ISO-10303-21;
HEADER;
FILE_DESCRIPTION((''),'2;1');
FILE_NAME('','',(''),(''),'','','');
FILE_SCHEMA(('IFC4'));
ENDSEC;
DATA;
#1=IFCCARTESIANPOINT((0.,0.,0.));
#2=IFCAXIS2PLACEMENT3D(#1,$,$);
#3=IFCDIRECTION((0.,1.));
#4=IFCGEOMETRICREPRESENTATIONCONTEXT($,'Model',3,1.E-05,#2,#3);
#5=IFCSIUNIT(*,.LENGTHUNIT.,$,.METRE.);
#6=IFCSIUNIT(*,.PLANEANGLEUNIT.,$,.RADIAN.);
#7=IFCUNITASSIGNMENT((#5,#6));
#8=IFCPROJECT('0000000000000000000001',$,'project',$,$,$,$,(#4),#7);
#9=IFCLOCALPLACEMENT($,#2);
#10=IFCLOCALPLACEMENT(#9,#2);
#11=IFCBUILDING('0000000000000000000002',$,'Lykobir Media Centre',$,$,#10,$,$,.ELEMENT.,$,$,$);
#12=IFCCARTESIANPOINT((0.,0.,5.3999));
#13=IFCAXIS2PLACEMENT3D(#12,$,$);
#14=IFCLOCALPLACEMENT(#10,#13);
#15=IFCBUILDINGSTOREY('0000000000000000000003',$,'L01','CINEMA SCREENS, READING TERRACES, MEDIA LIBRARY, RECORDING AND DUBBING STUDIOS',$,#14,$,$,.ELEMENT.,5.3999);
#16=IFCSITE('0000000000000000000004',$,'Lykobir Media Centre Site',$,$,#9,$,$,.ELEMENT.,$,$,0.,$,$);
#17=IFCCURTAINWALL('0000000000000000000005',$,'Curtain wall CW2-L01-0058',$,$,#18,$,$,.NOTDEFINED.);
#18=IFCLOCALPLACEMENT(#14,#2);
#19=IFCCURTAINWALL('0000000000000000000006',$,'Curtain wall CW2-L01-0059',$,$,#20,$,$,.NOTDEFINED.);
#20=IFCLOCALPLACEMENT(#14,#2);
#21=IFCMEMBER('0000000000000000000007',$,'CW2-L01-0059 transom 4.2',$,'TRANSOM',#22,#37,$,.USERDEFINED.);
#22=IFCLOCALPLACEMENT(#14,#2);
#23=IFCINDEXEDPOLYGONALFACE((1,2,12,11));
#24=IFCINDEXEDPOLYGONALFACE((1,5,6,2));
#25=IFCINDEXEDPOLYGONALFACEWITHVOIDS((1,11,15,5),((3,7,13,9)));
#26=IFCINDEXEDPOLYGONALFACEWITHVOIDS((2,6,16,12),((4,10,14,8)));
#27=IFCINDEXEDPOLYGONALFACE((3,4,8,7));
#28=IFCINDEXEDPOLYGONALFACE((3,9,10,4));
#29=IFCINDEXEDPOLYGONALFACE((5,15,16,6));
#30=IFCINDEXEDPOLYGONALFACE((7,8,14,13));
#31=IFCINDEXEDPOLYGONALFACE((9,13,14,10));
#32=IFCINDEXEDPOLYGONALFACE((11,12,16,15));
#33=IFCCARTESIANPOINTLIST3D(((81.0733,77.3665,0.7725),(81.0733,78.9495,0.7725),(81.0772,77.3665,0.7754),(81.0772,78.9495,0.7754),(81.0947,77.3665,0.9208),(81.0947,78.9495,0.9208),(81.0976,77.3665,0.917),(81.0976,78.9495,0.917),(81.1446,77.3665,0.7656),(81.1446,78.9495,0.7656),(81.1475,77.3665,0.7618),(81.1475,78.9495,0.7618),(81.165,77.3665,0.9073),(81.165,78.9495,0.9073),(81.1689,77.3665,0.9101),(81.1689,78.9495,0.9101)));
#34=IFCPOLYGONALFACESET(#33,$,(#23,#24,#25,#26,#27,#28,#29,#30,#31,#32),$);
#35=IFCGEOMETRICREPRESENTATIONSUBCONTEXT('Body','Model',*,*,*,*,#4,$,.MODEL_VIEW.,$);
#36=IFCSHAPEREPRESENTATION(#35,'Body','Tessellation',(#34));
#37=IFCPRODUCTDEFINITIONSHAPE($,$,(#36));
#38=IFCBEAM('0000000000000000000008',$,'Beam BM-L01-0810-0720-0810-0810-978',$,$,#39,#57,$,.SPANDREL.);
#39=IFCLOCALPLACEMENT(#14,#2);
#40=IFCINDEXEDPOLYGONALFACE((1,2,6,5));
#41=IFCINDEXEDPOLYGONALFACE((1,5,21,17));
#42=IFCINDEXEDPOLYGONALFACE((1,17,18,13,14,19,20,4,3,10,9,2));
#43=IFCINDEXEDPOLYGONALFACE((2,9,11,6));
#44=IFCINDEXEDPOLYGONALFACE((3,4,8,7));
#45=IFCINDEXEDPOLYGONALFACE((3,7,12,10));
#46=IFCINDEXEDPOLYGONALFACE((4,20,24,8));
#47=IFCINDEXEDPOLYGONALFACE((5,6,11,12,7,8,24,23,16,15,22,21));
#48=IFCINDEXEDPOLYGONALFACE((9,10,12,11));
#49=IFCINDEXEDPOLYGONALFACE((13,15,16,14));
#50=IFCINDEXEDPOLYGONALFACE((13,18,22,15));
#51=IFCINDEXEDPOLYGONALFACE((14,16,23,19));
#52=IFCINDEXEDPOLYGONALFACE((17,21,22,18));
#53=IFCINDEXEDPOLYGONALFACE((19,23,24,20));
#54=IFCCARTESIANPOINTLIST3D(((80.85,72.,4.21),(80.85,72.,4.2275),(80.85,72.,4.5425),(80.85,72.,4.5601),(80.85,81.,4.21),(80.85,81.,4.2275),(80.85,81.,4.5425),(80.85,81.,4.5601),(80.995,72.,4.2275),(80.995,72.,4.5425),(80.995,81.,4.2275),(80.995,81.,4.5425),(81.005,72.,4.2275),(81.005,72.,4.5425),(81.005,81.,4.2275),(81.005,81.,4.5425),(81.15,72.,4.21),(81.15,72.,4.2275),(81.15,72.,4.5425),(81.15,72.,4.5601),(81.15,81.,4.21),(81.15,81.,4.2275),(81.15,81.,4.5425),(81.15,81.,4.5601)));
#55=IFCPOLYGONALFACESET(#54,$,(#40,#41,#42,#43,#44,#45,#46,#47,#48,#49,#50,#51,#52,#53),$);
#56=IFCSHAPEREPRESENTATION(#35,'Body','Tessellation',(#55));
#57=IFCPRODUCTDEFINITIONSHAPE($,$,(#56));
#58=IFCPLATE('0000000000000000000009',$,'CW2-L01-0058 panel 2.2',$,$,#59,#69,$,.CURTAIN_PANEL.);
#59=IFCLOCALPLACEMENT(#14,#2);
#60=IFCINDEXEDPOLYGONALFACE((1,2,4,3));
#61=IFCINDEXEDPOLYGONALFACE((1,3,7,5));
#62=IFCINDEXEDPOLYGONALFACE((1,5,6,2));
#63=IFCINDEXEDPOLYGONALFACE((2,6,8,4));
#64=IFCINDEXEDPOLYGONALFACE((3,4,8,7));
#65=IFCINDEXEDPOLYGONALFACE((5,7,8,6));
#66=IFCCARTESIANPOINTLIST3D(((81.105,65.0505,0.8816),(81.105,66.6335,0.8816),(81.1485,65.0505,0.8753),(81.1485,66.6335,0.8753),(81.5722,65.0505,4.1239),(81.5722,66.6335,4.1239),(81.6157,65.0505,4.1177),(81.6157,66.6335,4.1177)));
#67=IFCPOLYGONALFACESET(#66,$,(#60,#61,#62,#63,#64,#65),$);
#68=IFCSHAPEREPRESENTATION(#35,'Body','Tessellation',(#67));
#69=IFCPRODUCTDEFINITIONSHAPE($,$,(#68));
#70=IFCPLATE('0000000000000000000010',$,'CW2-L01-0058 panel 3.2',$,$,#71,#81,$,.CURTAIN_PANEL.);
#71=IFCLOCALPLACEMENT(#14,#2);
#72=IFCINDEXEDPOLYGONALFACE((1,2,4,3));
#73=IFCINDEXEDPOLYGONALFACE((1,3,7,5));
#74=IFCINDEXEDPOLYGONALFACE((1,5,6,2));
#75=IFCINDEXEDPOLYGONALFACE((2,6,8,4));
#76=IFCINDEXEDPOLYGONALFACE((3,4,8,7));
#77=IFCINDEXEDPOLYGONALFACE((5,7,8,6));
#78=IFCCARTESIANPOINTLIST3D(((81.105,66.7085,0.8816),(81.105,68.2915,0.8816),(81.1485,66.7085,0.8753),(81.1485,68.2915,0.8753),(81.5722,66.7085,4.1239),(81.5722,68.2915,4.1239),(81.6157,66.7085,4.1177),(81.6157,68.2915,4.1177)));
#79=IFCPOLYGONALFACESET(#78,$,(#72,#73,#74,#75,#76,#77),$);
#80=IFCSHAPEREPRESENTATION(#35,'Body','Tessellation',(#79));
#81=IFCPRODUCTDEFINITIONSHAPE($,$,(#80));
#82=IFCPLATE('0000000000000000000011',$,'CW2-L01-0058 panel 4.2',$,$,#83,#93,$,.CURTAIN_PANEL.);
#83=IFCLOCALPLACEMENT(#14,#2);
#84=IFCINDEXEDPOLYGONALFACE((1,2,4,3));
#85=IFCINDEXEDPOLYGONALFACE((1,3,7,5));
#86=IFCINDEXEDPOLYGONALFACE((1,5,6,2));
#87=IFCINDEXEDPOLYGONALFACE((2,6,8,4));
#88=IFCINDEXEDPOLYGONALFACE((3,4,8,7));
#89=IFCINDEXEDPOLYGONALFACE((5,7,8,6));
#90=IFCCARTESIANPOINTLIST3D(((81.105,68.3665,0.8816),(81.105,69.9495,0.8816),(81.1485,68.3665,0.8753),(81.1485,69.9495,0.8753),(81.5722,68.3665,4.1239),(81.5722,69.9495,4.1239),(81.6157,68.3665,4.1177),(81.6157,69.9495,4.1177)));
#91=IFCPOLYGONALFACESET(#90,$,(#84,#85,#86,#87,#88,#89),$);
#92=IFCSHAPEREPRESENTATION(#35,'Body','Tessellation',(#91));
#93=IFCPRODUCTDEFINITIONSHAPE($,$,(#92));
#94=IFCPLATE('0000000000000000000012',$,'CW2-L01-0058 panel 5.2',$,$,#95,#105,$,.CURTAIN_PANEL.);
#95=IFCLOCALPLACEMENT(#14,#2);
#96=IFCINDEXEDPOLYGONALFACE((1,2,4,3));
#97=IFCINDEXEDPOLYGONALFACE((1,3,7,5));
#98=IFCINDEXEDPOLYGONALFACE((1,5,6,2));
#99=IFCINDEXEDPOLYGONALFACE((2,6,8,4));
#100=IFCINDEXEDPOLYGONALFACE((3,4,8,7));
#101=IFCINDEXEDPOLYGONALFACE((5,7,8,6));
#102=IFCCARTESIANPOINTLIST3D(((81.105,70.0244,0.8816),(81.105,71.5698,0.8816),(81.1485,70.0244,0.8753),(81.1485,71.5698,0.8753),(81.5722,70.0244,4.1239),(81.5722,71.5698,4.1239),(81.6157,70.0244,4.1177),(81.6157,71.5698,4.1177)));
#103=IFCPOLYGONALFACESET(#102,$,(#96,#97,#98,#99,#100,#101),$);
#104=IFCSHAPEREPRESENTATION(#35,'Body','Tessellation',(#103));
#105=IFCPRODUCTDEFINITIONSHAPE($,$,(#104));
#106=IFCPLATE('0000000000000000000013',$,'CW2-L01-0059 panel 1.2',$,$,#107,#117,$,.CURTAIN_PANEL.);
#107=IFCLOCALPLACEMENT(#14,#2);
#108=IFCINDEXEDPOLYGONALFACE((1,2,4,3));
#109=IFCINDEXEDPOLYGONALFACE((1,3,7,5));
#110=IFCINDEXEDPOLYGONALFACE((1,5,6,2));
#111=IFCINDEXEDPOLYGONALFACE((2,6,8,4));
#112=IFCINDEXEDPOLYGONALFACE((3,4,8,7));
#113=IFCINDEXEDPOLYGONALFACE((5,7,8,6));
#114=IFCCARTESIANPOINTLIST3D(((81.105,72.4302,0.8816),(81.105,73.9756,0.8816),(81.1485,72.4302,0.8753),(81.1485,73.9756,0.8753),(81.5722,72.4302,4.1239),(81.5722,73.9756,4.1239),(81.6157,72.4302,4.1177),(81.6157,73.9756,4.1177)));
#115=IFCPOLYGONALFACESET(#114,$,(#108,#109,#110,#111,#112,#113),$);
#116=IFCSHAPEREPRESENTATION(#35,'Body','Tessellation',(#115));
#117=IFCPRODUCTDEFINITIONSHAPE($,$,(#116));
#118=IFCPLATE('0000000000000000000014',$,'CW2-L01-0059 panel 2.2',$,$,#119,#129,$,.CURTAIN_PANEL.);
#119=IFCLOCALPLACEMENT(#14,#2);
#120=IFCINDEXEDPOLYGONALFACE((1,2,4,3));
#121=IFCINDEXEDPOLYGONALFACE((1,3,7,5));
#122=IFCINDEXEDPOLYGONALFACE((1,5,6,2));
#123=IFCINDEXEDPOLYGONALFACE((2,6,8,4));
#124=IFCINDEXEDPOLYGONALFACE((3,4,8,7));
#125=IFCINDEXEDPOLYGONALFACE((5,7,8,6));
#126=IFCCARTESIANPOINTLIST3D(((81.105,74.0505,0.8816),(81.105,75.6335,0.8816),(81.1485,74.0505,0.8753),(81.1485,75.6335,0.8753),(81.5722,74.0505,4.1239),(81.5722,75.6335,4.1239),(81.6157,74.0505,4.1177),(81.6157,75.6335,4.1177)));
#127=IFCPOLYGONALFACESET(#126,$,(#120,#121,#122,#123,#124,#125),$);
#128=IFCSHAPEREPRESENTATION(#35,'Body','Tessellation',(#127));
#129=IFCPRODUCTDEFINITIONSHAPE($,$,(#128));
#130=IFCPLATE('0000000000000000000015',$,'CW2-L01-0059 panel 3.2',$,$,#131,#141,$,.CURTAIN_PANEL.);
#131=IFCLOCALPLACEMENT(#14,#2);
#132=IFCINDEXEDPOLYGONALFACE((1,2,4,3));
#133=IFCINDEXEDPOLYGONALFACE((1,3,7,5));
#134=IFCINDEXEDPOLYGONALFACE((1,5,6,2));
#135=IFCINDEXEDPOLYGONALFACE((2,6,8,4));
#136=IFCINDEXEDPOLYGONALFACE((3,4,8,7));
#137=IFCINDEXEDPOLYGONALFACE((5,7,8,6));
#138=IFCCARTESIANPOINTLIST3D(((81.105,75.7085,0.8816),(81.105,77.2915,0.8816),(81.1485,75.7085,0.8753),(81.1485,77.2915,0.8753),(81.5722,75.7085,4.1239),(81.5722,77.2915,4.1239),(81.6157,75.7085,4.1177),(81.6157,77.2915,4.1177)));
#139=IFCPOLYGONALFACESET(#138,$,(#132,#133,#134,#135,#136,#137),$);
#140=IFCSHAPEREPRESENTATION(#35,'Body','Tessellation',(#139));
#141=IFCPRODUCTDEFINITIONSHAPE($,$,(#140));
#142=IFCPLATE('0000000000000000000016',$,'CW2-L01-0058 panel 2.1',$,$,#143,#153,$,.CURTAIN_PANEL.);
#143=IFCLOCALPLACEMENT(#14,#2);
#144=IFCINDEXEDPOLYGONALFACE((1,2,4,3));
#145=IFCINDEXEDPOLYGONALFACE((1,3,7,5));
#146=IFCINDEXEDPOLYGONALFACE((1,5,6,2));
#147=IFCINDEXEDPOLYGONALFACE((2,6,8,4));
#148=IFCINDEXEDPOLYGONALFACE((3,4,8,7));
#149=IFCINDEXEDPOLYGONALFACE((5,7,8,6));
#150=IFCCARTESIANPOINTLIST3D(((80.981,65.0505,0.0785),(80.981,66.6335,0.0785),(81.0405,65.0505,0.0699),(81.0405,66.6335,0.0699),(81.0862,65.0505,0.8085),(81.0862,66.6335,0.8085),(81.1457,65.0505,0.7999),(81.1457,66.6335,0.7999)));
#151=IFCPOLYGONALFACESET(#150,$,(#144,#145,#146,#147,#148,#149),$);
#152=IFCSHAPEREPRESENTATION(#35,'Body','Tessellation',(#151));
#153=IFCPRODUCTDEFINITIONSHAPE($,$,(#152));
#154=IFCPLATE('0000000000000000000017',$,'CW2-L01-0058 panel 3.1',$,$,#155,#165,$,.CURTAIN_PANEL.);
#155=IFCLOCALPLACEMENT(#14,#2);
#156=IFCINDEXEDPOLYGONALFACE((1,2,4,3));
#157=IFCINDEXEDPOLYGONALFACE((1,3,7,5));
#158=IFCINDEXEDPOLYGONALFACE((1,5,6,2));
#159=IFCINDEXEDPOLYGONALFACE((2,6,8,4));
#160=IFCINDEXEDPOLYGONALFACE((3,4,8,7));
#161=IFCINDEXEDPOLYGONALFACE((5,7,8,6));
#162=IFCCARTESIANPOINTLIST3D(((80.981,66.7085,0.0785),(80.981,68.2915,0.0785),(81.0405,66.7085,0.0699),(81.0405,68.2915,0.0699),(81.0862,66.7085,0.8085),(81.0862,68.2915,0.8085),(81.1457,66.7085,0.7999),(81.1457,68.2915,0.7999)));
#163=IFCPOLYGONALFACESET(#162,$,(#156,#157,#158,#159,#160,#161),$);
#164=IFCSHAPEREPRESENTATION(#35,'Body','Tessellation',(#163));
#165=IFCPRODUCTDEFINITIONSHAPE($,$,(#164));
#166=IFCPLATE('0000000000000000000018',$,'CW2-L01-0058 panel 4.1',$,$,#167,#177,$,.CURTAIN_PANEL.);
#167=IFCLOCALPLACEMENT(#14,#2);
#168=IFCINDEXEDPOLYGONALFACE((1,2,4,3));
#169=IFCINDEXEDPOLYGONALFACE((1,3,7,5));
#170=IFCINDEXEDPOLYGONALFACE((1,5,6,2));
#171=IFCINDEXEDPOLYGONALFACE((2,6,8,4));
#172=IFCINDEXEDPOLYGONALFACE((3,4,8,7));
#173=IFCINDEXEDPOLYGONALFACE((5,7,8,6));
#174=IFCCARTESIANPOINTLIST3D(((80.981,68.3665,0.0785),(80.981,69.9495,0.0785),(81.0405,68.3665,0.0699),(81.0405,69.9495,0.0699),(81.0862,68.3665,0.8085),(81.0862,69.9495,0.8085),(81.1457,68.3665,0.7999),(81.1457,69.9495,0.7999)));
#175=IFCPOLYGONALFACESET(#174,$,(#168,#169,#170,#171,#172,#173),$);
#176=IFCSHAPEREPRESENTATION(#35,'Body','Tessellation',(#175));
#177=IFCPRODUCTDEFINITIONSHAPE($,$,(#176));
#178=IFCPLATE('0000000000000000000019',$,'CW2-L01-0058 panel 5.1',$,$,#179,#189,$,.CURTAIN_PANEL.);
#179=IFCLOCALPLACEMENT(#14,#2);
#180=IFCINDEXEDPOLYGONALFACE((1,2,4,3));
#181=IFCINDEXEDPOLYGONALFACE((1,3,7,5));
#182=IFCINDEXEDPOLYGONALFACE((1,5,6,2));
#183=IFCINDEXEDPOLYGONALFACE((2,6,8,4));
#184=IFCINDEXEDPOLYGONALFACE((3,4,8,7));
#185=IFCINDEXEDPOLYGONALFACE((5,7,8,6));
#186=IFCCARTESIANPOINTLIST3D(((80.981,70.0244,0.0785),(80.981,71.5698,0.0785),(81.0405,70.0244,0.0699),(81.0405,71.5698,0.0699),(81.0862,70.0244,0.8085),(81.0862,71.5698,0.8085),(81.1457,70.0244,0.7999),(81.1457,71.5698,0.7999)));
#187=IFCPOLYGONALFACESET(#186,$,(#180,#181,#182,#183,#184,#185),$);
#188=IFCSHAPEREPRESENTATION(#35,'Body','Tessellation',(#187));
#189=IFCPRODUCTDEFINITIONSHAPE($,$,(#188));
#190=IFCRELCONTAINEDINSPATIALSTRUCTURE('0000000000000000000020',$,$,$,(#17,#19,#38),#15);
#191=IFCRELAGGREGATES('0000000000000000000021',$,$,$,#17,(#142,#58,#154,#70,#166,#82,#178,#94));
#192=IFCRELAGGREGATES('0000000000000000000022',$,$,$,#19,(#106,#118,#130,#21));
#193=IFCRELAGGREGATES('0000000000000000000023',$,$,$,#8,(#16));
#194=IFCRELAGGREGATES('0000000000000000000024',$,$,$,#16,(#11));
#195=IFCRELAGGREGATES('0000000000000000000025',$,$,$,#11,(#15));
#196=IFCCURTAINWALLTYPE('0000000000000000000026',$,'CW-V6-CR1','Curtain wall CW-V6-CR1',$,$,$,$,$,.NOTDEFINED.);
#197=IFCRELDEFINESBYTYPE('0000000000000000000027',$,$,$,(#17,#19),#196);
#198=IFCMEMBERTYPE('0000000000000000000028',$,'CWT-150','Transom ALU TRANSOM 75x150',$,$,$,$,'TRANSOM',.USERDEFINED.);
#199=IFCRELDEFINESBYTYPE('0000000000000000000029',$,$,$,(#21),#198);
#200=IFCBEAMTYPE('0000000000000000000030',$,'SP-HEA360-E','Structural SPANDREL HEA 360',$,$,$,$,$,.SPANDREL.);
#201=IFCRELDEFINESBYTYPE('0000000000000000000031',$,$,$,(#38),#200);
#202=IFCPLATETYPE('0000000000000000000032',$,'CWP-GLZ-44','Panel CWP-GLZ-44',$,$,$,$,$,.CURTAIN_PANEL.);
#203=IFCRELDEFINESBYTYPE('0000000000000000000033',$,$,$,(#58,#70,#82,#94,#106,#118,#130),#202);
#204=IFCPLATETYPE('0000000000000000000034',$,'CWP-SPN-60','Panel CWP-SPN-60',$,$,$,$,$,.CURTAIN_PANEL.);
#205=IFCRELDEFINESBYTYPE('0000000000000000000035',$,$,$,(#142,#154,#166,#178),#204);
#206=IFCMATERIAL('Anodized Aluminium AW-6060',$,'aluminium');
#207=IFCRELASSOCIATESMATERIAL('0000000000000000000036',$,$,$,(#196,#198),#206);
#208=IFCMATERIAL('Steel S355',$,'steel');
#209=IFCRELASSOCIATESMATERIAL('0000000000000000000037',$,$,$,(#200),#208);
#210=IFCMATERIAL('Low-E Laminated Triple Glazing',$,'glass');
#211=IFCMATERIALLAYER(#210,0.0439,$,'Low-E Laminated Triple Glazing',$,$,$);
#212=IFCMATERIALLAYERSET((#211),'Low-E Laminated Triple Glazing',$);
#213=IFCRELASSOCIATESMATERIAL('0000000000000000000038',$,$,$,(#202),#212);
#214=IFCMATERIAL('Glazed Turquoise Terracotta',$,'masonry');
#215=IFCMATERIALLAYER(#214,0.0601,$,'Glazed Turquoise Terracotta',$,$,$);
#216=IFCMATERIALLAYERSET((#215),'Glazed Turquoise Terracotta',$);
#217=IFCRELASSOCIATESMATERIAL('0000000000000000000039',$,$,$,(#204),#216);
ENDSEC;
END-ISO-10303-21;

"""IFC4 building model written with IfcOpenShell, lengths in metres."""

from ifc_helpers import new_model, si_unit, direction, frame, origin, origin_2d, place, context, subcontext, project, spatial, rectangle, hollow_rectangle, i_section, extrude, material, layer, layer_set, material_profile, profile_set, type_object, element, aggregate, save


model = new_model("IFC4")

# Units and contexts
model_context = context("Model", 3, precision=1e-05, world=origin(), true_north=direction((0.0, 1.0)))
body_context = subcontext(model_context, "Body", "Model", "MODEL_VIEW")
ifc_project = project(units=[si_unit("LENGTHUNIT", "METRE"), si_unit("PLANEANGLEUNIT", "RADIAN")], contexts=[model_context])

# Site, building, storey
site_placement = place(None, origin())
site = spatial("IfcSite", under=ifc_project, at=site_placement, Name="Lykobir Media Centre Site", CompositionType="ELEMENT", RefElevation=0.0)
building_placement = place(site_placement, origin())
building = spatial("IfcBuilding", under=site, at=building_placement, Name="Lykobir Media Centre", CompositionType="ELEMENT")
storey_placement = place(building_placement, frame((0.0, 0.0, 5.3999)))
storey = spatial("IfcBuildingStorey", under=building, at=storey_placement, Name="L01", Description="CINEMA SCREENS, READING TERRACES, MEDIA LIBRARY, RECORDING AND DUBBING STUDIOS", CompositionType="ELEMENT", Elevation=5.3999)

# Curtain walls
ifc_material_1 = material(Name="Anodized Aluminium AW-6060", Category="aluminium")
curtain_wall_type = type_object("IfcCurtainWallType", Name="CW-V6-CR1", Description="Curtain wall CW-V6-CR1", PredefinedType="NOTDEFINED", material=ifc_material_1)
curtain_wall_1_placement = place(storey_placement, origin())
curtain_wall_1 = element("IfcCurtainWall", 1, at=curtain_wall_1_placement, inside=storey, type_object=curtain_wall_type, Name="Curtain wall CW2-L01-0058", PredefinedType="NOTDEFINED")
curtain_wall_2_placement = place(storey_placement, origin())
curtain_wall_2 = element("IfcCurtainWall", 2, at=curtain_wall_2_placement, inside=storey, type_object=curtain_wall_type, Name="Curtain wall CW2-L01-0059", PredefinedType="NOTDEFINED")

# Member
ifc_material_profile_1 = material_profile(ifc_material_1, hollow_rectangle(XDim=0.075, YDim=0.1499, WallThickness=0.0034, at=origin_2d()), Name="ALU TRANSOM 75x150")
ifc_profile_set_1 = profile_set([ifc_material_profile_1], Name="Anodized Aluminium AW-6060")
member_type_1 = type_object("IfcMemberType", Name="CWT-150", Description="Transom ALU TRANSOM 75x150", ElementType="TRANSOM", PredefinedType="USERDEFINED", material=ifc_profile_set_1)
member_1_placement = place(storey_placement, frame((81.1211, 77.3665, 0.8413), z_axis=(0.0, 1.0, 0.0), x_axis=(-0.989776, 0.0, 0.142629)))
member_1 = element("IfcMember", 3, at=member_1_placement, type_object=member_type_1, Name="CW2-L01-0059 transom 4.2", ObjectType="TRANSOM", PredefinedType="USERDEFINED", context=body_context, shape_type="SweptSolid", body=[
    extrude(hollow_rectangle(XDim=0.075, YDim=0.1499, WallThickness=0.0034, at=origin_2d()), origin(), (0.0, 0.0, 1.0), 1.583),
])

# Beam
ifc_material_2 = material(Name="Steel S355", Category="steel")
ifc_material_profile_2 = material_profile(ifc_material_2, i_section(OverallWidth=0.3, OverallDepth=0.3501, WebThickness=0.01, FlangeThickness=0.0176, at=origin_2d()), Name="HEA 360")
ifc_profile_set_2 = profile_set([ifc_material_profile_2], Name="Steel S355")
beam_type = type_object("IfcBeamType", Name="SP-HEA360-E", Description="Structural SPANDREL HEA 360", PredefinedType="SPANDREL", material=ifc_profile_set_2)
beam_placement = place(storey_placement, frame((81.0, 72.0, 4.385), z_axis=(0.0, 1.0, 0.0), x_axis=(-1.0, 0.0, 0.0)))
element("IfcBeam", 4, at=beam_placement, inside=storey, type_object=beam_type, Name="Beam BM-L01-0810-0720-0810-0810-978", PredefinedType="SPANDREL", context=body_context, shape_type="SweptSolid", body=[
    extrude(i_section(OverallWidth=0.3, OverallDepth=0.3501, WebThickness=0.01, FlangeThickness=0.0176, at=origin_2d()), origin(), (0.0, 0.0, 1.0), 9.0),
])

# Plates
ifc_material_3 = material(Name="Low-E Laminated Triple Glazing", Category="glass")
ifc_layer_1 = layer(ifc_material_3, 0.0439, Name="Low-E Laminated Triple Glazing")
ifc_layer_set_1 = layer_set([ifc_layer_1], Name="Low-E Laminated Triple Glazing")
plate_type_1 = type_object("IfcPlateType", Name="CWP-GLZ-44", Description="Panel CWP-GLZ-44", PredefinedType="CURTAIN_PANEL", material=ifc_layer_set_1)
plate_1_placement = place(storey_placement, frame((81.1267, 65.842, 0.8784), z_axis=(0.142629, 0.0, 0.989776), x_axis=(0.0, 1.0, 0.0)))
plate_1 = element("IfcPlate", 5, at=plate_1_placement, type_object=plate_type_1, Name="CW2-L01-0058 panel 2.2", PredefinedType="CURTAIN_PANEL", context=body_context, shape_type="SweptSolid", body=[
    extrude(rectangle(XDim=1.583, YDim=0.0439, at=origin_2d()), origin(), (0.0, 0.0, 1.0), 3.2759),
])
plate_2_placement = place(storey_placement, frame((81.1267, 67.5, 0.8784), z_axis=(0.142629, 0.0, 0.989776), x_axis=(0.0, 1.0, 0.0)))
plate_2 = element("IfcPlate", 6, at=plate_2_placement, type_object=plate_type_1, Name="CW2-L01-0058 panel 3.2", PredefinedType="CURTAIN_PANEL", context=body_context, shape_type="SweptSolid", body=[
    extrude(rectangle(XDim=1.583, YDim=0.0439, at=origin_2d()), origin(), (0.0, 0.0, 1.0), 3.2759),
])
plate_3_placement = place(storey_placement, frame((81.1267, 69.158, 0.8784), z_axis=(0.142629, 0.0, 0.989776), x_axis=(0.0, 1.0, 0.0)))
plate_3 = element("IfcPlate", 7, at=plate_3_placement, type_object=plate_type_1, Name="CW2-L01-0058 panel 4.2", PredefinedType="CURTAIN_PANEL", context=body_context, shape_type="SweptSolid", body=[
    extrude(rectangle(XDim=1.583, YDim=0.0439, at=origin_2d()), origin(), (0.0, 0.0, 1.0), 3.2759),
])
plate_4_placement = place(storey_placement, frame((81.1267, 70.7971, 0.8784), z_axis=(0.142629, 0.0, 0.989776), x_axis=(0.0, 1.0, 0.0)))
plate_4 = element("IfcPlate", 8, at=plate_4_placement, type_object=plate_type_1, Name="CW2-L01-0058 panel 5.2", PredefinedType="CURTAIN_PANEL", context=body_context, shape_type="SweptSolid", body=[
    extrude(rectangle(XDim=1.5454, YDim=0.0439, at=origin_2d()), origin(), (0.0, 0.0, 1.0), 3.2759),
])
plate_5_placement = place(storey_placement, frame((81.1267, 73.2029, 0.8784), z_axis=(0.142629, 0.0, 0.989776), x_axis=(0.0, 1.0, 0.0)))
plate_5 = element("IfcPlate", 9, at=plate_5_placement, type_object=plate_type_1, Name="CW2-L01-0059 panel 1.2", PredefinedType="CURTAIN_PANEL", context=body_context, shape_type="SweptSolid", body=[
    extrude(rectangle(XDim=1.5454, YDim=0.0439, at=origin_2d()), origin(), (0.0, 0.0, 1.0), 3.2759),
])
plate_6_placement = place(storey_placement, frame((81.1267, 74.842, 0.8784), z_axis=(0.142629, 0.0, 0.989776), x_axis=(0.0, 1.0, 0.0)))
plate_6 = element("IfcPlate", 10, at=plate_6_placement, type_object=plate_type_1, Name="CW2-L01-0059 panel 2.2", PredefinedType="CURTAIN_PANEL", context=body_context, shape_type="SweptSolid", body=[
    extrude(rectangle(XDim=1.583, YDim=0.0439, at=origin_2d()), origin(), (0.0, 0.0, 1.0), 3.2759),
])
plate_7_placement = place(storey_placement, frame((81.1267, 76.5, 0.8784), z_axis=(0.142629, 0.0, 0.989776), x_axis=(0.0, 1.0, 0.0)))
plate_7 = element("IfcPlate", 11, at=plate_7_placement, type_object=plate_type_1, Name="CW2-L01-0059 panel 3.2", PredefinedType="CURTAIN_PANEL", context=body_context, shape_type="SweptSolid", body=[
    extrude(rectangle(XDim=1.583, YDim=0.0439, at=origin_2d()), origin(), (0.0, 0.0, 1.0), 3.2759),
])
ifc_material_4 = material(Name="Glazed Turquoise Terracotta", Category="masonry")
ifc_layer_2 = layer(ifc_material_4, 0.0601, Name="Glazed Turquoise Terracotta")
ifc_layer_set_2 = layer_set([ifc_layer_2], Name="Glazed Turquoise Terracotta")
plate_type_2 = type_object("IfcPlateType", Name="CWP-SPN-60", Description="Panel CWP-SPN-60", PredefinedType="CURTAIN_PANEL", material=ifc_layer_set_2)
plate_8_placement = place(storey_placement, frame((81.0107, 65.842, 0.0742), z_axis=(0.142629, 0.0, 0.989776), x_axis=(0.0, 1.0, 0.0)))
plate_8 = element("IfcPlate", 12, at=plate_8_placement, type_object=plate_type_2, Name="CW2-L01-0058 panel 2.1", PredefinedType="CURTAIN_PANEL", context=body_context, shape_type="SweptSolid", body=[
    extrude(rectangle(XDim=1.583, YDim=0.0601, at=origin_2d()), origin(), (0.0, 0.0, 1.0), 0.7375),
])
plate_9_placement = place(storey_placement, frame((81.0107, 67.5, 0.0742), z_axis=(0.142629, 0.0, 0.989776), x_axis=(0.0, 1.0, 0.0)))
plate_9 = element("IfcPlate", 13, at=plate_9_placement, type_object=plate_type_2, Name="CW2-L01-0058 panel 3.1", PredefinedType="CURTAIN_PANEL", context=body_context, shape_type="SweptSolid", body=[
    extrude(rectangle(XDim=1.583, YDim=0.0601, at=origin_2d()), origin(), (0.0, 0.0, 1.0), 0.7375),
])
plate_10_placement = place(storey_placement, frame((81.0107, 69.158, 0.0742), z_axis=(0.142629, 0.0, 0.989776), x_axis=(0.0, 1.0, 0.0)))
plate_10 = element("IfcPlate", 14, at=plate_10_placement, type_object=plate_type_2, Name="CW2-L01-0058 panel 4.1", PredefinedType="CURTAIN_PANEL", context=body_context, shape_type="SweptSolid", body=[
    extrude(rectangle(XDim=1.583, YDim=0.0601, at=origin_2d()), origin(), (0.0, 0.0, 1.0), 0.7375),
])
plate_11_placement = place(storey_placement, frame((81.0107, 70.7971, 0.0742), z_axis=(0.142629, 0.0, 0.989776), x_axis=(0.0, 1.0, 0.0)))
plate_11 = element("IfcPlate", 15, at=plate_11_placement, type_object=plate_type_2, Name="CW2-L01-0058 panel 5.1", PredefinedType="CURTAIN_PANEL", context=body_context, shape_type="SweptSolid", body=[
    extrude(rectangle(XDim=1.5454, YDim=0.0601, at=origin_2d()), origin(), (0.0, 0.0, 1.0), 0.7375),
])
aggregate(curtain_wall_1, [plate_8, plate_1, plate_9, plate_2, plate_10, plate_3, plate_11, plate_4])
aggregate(curtain_wall_2, [plate_5, plate_6, plate_7, member_1])

save(model, "model.ifc")
